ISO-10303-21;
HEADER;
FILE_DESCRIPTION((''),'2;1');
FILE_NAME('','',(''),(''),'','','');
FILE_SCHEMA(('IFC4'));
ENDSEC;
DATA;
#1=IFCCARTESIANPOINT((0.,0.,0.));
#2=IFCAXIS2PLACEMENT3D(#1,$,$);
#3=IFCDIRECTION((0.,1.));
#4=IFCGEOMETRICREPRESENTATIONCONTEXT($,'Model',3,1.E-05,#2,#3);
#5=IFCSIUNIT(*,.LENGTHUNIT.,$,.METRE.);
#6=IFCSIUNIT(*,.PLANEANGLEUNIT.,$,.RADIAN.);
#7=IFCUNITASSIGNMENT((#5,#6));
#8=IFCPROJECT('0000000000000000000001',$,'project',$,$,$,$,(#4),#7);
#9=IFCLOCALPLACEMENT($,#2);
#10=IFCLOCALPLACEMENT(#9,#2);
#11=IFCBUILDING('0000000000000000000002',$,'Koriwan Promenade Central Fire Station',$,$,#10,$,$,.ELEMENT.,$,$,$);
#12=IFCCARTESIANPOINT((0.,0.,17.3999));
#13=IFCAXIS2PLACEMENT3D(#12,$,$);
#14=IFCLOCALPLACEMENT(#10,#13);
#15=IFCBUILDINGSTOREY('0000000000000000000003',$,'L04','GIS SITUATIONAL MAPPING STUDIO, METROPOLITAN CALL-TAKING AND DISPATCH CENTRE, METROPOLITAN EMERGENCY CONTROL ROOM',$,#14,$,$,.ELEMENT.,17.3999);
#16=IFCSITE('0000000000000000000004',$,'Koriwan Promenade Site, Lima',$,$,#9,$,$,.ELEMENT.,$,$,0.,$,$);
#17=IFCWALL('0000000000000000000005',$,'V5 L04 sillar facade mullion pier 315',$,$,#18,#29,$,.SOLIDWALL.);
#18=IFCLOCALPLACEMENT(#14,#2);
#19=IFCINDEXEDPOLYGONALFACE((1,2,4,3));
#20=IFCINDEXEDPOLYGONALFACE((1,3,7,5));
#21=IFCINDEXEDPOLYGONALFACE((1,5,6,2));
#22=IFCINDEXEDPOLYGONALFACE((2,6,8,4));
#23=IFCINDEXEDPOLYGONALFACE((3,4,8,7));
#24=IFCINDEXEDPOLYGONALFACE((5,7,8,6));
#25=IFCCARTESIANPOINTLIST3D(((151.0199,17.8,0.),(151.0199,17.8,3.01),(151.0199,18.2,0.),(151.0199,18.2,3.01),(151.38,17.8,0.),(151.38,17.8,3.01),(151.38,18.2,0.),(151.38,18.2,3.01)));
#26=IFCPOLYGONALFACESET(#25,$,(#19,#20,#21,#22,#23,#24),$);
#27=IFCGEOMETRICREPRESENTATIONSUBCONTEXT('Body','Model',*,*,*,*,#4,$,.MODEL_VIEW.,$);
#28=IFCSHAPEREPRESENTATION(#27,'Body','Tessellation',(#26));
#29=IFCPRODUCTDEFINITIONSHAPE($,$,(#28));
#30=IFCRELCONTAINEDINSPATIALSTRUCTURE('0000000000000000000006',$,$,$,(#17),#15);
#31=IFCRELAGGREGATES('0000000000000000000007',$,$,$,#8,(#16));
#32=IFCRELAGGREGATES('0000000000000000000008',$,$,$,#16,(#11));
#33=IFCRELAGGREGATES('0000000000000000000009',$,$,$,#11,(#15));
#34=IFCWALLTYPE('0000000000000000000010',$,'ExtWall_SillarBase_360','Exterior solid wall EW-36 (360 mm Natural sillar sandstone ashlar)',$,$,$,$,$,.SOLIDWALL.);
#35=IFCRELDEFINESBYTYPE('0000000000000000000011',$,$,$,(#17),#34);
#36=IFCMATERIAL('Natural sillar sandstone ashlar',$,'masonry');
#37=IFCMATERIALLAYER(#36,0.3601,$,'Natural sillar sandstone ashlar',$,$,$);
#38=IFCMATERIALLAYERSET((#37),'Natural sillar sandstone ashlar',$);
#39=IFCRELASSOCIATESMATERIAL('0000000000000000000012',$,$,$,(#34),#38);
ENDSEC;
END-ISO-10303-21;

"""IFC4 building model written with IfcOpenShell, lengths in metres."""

from ifc_helpers import new_model, si_unit, direction, frame, frame_2d, origin, place, context, subcontext, project, spatial, rectangle, extrude, material, layer, layer_set, type_object, element, save


model = new_model("IFC4")

# Units and contexts
model_context = context("Model", 3, precision=1e-05, world=origin(), true_north=direction((0.0, 1.0)))
body_context = subcontext(model_context, "Body", "Model", "MODEL_VIEW")
ifc_project = project(units=[si_unit("LENGTHUNIT", "METRE"), si_unit("PLANEANGLEUNIT", "RADIAN")], contexts=[model_context])

# Site, building, storey
site_placement = place(None, origin())
site = spatial("IfcSite", under=ifc_project, at=site_placement, Name="Koriwan Promenade Site, Lima", CompositionType="ELEMENT", RefElevation=0.0)
building_placement = place(site_placement, origin())
building = spatial("IfcBuilding", under=site, at=building_placement, Name="Koriwan Promenade Central Fire Station", CompositionType="ELEMENT")
storey_placement = place(building_placement, frame((0.0, 0.0, 17.3999)))
storey = spatial("IfcBuildingStorey", under=building, at=storey_placement, Name="L04", Description="GIS SITUATIONAL MAPPING STUDIO, METROPOLITAN CALL-TAKING AND DISPATCH CENTRE, METROPOLITAN EMERGENCY CONTROL ROOM", CompositionType="ELEMENT", Elevation=17.3999)

# Wall
ifc_material_1 = material(Name="Natural sillar sandstone ashlar", Category="masonry")
ifc_layer_1 = layer(ifc_material_1, 0.3601, Name="Natural sillar sandstone ashlar")
ifc_layer_set_1 = layer_set([ifc_layer_1], Name="Natural sillar sandstone ashlar")
wall_type = type_object("IfcWallType", Name="ExtWall_SillarBase_360", Description="Exterior solid wall EW-36 (360 mm Natural sillar sandstone ashlar)", PredefinedType="SOLIDWALL", material=ifc_layer_set_1)
wall_placement = place(storey_placement, frame((151.2, 18.2, 0.0), z_axis=(0.0, 0.0, 1.0), x_axis=(0.0, -1.0, 0.0)))
element("IfcWall", 1, at=wall_placement, inside=storey, type_object=wall_type, Name="V5 L04 sillar facade mullion pier 315", PredefinedType="SOLIDWALL", context=body_context, shape_type="SweptSolid", body=[
    extrude(rectangle(XDim=0.3999, YDim=0.3601, at=frame_2d((0.2, 0.0))), origin(), (0.0, 0.0, 1.0), 3.01),
])

save(model, "model.ifc")
